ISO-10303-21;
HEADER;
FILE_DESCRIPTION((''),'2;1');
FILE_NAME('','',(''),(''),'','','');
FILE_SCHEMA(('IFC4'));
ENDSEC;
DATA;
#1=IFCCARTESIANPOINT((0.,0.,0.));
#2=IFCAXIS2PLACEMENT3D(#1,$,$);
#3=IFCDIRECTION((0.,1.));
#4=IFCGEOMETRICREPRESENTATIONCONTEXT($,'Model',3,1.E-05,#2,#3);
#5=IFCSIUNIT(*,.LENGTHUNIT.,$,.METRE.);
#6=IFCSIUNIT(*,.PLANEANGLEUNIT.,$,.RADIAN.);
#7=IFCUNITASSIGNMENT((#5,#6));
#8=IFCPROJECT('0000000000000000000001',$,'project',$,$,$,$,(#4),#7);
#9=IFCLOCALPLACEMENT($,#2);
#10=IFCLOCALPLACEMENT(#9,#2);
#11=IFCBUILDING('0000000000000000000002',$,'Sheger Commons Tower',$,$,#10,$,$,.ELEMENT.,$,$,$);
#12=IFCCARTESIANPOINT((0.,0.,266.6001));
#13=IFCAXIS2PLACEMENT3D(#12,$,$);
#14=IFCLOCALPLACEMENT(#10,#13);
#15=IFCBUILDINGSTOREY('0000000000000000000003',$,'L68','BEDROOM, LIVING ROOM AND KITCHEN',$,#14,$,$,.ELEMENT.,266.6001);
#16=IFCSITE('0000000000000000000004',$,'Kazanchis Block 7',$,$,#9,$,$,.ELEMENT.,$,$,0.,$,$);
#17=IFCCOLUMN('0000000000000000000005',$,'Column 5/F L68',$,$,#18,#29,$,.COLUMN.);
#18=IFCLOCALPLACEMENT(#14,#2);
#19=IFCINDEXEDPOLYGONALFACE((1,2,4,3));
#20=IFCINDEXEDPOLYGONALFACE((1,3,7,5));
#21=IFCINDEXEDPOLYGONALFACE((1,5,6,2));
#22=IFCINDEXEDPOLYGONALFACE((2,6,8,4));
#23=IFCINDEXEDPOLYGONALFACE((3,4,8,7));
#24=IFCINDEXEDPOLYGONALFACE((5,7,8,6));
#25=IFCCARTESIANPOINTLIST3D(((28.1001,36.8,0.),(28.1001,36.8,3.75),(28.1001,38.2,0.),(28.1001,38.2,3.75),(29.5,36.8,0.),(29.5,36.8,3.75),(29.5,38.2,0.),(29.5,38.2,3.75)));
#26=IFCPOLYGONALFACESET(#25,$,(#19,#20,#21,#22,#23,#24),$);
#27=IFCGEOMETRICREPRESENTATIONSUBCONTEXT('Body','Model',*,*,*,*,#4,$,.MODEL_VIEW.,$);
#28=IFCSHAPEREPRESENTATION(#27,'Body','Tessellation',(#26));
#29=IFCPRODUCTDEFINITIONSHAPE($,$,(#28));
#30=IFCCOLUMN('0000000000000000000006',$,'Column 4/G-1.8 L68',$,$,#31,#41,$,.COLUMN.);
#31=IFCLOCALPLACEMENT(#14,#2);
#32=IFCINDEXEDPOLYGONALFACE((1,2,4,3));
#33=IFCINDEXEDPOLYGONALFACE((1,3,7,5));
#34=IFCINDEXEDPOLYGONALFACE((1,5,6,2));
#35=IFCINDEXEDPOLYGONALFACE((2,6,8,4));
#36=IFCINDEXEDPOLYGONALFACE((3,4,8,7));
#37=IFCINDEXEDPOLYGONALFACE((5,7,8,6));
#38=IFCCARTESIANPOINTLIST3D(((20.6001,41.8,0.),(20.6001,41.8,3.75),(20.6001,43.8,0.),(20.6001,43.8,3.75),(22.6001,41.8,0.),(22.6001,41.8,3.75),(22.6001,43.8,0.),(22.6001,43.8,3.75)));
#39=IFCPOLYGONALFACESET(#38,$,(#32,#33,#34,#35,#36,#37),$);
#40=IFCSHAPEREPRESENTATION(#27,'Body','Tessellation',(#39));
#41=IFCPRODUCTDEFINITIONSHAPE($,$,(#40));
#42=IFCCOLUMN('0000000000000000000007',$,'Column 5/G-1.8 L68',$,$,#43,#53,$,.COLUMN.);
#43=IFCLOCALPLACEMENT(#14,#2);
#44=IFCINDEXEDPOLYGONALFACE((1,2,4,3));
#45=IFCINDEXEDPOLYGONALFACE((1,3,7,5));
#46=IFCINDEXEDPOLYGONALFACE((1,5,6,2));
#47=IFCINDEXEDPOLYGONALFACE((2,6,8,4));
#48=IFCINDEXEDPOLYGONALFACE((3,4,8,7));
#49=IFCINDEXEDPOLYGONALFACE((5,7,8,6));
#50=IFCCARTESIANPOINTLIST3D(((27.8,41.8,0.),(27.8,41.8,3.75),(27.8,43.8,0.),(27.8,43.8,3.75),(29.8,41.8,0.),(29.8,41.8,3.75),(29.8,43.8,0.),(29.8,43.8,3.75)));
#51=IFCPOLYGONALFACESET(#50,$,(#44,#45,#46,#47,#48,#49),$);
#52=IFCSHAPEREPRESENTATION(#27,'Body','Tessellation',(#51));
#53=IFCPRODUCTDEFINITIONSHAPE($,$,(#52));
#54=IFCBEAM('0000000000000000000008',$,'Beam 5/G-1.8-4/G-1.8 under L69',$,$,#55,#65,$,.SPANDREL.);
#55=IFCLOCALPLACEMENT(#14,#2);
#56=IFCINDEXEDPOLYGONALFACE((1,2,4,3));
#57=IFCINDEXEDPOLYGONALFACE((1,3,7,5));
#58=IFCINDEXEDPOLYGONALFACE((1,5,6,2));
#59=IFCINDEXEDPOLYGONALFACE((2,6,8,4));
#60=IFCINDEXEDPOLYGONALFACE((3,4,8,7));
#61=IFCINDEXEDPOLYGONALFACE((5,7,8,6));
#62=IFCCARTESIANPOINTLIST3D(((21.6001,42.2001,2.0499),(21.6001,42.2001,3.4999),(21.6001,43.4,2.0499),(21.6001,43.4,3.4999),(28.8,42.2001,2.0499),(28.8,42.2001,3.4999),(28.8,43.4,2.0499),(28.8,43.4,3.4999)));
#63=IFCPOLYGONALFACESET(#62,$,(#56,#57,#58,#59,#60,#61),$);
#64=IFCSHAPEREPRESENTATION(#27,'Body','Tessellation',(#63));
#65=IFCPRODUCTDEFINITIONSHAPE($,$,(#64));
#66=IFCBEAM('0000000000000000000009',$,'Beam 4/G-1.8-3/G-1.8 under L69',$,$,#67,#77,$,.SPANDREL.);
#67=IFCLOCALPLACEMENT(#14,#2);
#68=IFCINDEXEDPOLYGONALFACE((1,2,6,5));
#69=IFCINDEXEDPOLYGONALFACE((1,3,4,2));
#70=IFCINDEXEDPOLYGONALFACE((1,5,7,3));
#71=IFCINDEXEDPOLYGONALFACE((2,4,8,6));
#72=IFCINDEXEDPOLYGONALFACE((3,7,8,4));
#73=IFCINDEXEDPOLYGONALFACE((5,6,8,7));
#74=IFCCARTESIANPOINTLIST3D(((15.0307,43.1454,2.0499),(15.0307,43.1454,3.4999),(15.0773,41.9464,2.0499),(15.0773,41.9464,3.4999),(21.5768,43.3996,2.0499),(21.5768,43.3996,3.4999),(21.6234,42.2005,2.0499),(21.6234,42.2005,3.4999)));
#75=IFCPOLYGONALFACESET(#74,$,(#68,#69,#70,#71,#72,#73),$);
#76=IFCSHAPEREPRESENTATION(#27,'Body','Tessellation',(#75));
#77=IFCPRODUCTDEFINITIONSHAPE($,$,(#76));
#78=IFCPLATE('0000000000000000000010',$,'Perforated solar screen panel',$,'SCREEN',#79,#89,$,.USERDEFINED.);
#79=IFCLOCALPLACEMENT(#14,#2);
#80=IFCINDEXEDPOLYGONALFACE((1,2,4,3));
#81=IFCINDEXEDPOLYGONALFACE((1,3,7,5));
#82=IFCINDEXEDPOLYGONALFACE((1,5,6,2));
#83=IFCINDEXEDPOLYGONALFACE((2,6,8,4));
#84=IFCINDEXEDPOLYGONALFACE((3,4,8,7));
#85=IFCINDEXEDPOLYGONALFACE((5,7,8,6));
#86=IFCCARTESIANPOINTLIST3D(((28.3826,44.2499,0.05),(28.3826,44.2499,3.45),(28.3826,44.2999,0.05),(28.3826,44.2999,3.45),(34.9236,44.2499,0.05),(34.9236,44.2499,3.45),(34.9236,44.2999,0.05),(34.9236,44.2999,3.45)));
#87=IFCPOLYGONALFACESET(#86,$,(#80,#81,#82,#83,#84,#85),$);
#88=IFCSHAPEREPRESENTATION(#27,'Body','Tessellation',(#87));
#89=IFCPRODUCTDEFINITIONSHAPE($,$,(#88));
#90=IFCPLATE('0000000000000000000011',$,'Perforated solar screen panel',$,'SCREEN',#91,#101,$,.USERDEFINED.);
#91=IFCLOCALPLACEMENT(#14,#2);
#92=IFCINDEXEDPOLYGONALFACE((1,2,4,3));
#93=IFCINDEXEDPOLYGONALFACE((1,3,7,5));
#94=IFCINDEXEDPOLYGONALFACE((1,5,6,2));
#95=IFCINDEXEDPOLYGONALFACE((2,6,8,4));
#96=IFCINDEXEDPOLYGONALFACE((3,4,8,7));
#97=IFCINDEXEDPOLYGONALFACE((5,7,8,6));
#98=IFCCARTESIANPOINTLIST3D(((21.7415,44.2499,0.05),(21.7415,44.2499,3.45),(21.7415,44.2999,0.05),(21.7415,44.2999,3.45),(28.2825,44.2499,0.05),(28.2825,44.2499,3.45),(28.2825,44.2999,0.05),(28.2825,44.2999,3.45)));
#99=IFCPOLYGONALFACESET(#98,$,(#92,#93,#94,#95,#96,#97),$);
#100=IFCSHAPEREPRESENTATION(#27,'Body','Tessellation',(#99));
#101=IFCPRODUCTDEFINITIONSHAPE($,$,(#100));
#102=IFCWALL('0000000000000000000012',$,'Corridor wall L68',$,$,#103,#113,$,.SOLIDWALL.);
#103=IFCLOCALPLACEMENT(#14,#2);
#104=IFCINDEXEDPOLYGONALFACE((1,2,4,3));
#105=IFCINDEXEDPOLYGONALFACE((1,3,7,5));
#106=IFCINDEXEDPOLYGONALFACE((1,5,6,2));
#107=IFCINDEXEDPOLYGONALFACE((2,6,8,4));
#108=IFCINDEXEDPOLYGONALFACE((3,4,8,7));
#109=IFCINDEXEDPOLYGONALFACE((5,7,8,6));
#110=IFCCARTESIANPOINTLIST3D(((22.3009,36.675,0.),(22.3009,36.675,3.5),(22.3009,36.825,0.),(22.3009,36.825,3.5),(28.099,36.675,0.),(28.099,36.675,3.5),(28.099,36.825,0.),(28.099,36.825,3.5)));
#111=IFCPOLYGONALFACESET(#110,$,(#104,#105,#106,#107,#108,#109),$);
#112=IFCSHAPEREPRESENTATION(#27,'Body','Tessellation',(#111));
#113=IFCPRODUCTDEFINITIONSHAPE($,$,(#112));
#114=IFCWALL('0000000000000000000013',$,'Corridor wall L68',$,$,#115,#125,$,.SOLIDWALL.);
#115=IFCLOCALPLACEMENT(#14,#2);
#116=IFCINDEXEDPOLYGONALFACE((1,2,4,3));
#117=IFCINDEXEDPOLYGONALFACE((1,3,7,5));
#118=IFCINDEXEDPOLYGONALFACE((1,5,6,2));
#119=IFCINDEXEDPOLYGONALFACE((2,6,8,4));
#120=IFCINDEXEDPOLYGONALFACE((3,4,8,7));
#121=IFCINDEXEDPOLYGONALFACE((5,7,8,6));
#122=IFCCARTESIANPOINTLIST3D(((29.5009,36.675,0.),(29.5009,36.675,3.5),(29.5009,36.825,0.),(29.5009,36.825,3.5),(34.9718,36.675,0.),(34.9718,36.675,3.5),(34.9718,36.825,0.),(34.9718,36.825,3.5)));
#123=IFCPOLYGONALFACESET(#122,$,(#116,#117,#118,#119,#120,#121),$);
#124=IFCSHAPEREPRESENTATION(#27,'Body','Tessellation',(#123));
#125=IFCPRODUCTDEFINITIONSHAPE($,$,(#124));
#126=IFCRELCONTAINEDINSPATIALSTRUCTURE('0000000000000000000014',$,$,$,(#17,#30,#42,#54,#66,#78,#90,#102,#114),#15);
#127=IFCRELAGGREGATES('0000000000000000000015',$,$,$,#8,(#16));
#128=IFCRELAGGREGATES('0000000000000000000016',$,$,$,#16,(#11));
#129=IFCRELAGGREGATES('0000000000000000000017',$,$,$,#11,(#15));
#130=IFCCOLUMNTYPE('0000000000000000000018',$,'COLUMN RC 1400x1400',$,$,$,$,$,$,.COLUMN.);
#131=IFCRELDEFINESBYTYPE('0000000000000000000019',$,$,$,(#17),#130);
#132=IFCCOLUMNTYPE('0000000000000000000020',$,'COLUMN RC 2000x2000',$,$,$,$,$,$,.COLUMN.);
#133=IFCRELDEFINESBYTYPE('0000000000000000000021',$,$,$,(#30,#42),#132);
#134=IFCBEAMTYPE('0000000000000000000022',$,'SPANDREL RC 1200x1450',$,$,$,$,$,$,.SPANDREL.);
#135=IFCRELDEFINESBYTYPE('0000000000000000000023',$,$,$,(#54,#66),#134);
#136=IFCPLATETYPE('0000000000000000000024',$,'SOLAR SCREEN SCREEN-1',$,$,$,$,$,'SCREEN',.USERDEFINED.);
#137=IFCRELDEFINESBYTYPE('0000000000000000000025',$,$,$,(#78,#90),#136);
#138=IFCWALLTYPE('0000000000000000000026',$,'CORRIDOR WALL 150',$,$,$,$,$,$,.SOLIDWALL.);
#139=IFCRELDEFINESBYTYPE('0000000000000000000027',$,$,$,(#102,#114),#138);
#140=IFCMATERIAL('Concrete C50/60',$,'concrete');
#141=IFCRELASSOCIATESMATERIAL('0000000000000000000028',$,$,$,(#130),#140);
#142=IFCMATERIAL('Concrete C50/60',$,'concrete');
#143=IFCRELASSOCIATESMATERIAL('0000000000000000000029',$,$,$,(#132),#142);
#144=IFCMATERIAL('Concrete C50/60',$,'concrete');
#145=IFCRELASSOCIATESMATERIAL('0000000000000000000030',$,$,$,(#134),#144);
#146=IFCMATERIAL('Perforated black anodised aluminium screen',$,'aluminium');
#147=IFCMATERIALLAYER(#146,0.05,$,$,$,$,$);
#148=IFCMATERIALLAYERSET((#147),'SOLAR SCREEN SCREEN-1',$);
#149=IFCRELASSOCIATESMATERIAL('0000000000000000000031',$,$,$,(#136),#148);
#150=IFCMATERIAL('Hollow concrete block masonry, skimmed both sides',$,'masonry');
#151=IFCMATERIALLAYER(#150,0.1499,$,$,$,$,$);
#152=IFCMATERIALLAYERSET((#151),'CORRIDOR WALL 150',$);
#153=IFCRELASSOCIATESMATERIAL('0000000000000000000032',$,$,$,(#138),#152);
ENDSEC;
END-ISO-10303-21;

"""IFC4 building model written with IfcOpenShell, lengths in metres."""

from ifc_helpers import new_model, si_unit, direction, frame, frame_2d, origin, origin_2d, place, context, subcontext, project, spatial, rectangle, extrude, material, layer, layer_set, material_profile, profile_set, type_object, element, save


model = new_model("IFC4")

# Units and contexts
model_context = context("Model", 3, precision=1e-05, world=origin(), true_north=direction((0.0, 1.0)))
body_context = subcontext(model_context, "Body", "Model", "MODEL_VIEW")
ifc_project = project(units=[si_unit("LENGTHUNIT", "METRE"), si_unit("PLANEANGLEUNIT", "RADIAN")], contexts=[model_context])

# Site, building, storey
site_placement = place(None, origin())
site = spatial("IfcSite", under=ifc_project, at=site_placement, Name="Kazanchis Block 7", CompositionType="ELEMENT", RefElevation=0.0)
building_placement = place(site_placement, origin())
building = spatial("IfcBuilding", under=site, at=building_placement, Name="Sheger Commons Tower", CompositionType="ELEMENT")
storey_placement = place(building_placement, frame((0.0, 0.0, 266.6001)))
storey = spatial("IfcBuildingStorey", under=building, at=storey_placement, Name="L68", Description="BEDROOM, LIVING ROOM AND KITCHEN", CompositionType="ELEMENT", Elevation=266.6001)

# Columns
ifc_material_1 = material(Name="Concrete C50/60", Category="concrete")
ifc_material_profile_1 = material_profile(ifc_material_1, rectangle(XDim=1.3999, YDim=1.3999, at=origin_2d()), Name="RC 1400x1400")
ifc_profile_set_1 = profile_set([ifc_material_profile_1], Name="Concrete C50/60")
column_type_1 = type_object("IfcColumnType", Name="COLUMN RC 1400x1400", PredefinedType="COLUMN", material=ifc_profile_set_1)
column_placement = place(storey_placement, frame((28.8, 37.5, 0.0), z_axis=(0.0, 0.0, 1.0), x_axis=(1.0, 0.0, 0.0)))
element("IfcColumn", 1, at=column_placement, inside=storey, type_object=column_type_1, Name="Column 5/F L68", PredefinedType="COLUMN", context=body_context, shape_type="SweptSolid", body=[
    extrude(rectangle(XDim=1.3999, YDim=1.3999, at=origin_2d()), origin(), (0.0, 0.0, 1.0), 3.75),
])
ifc_material_2 = material(Name="Concrete C50/60", Category="concrete")
ifc_material_profile_2 = material_profile(ifc_material_2, rectangle(XDim=2.0, YDim=2.0, at=origin_2d()), Name="RC 2000x2000")
ifc_profile_set_2 = profile_set([ifc_material_profile_2], Name="Concrete C50/60")
column_type_2 = type_object("IfcColumnType", Name="COLUMN RC 2000x2000", PredefinedType="COLUMN", material=ifc_profile_set_2)
for number, where, z_axis, x_axis, name in (
    (2, (21.6001, 42.8, 0.0), (0.0, 0.0, 1.0), (1.0, 0.0, 0.0), "Column 4/G-1.8 L68"),
    (3, (28.8, 42.8, 0.0), (0.0, 0.0, 1.0), (1.0, 0.0, 0.0), "Column 5/G-1.8 L68"),
):
    element("IfcColumn", number, at=place(storey_placement, frame(where, z_axis=z_axis, x_axis=x_axis)), inside=storey, type_object=column_type_2, Name=name, PredefinedType="COLUMN", context=body_context, shape_type="SweptSolid", body=[
        extrude(rectangle(XDim=2.0, YDim=2.0, at=origin_2d()), origin(), (0.0, 0.0, 1.0), 3.75),
    ])

# Beams
ifc_material_3 = material(Name="Concrete C50/60", Category="concrete")
ifc_material_profile_3 = material_profile(ifc_material_3, rectangle(XDim=1.2, YDim=1.45, at=origin_2d()), Name="RC 1200x1450")
ifc_profile_set_3 = profile_set([ifc_material_profile_3], Name="Concrete C50/60")
beam_type = type_object("IfcBeamType", Name="SPANDREL RC 1200x1450", PredefinedType="SPANDREL", material=ifc_profile_set_3)
beam_1_placement = place(storey_placement, frame((28.8, 42.8, 2.7749), z_axis=(-1.0, 0.0, 0.0), x_axis=(0.0, -1.0, 0.0)))
element("IfcBeam", 4, at=beam_1_placement, inside=storey, type_object=beam_type, Name="Beam 5/G-1.8-4/G-1.8 under L69", PredefinedType="SPANDREL", context=body_context, shape_type="SweptSolid", body=[
    extrude(rectangle(XDim=1.2, YDim=1.45, at=origin_2d()), origin(), (0.0, 0.0, 1.0), 7.2),
])
beam_2_placement = place(storey_placement, frame((21.6001, 42.8, 2.7749), z_axis=(-0.999247, -0.038795, 0.0), x_axis=(0.038795, -0.999247, 0.0)))
element("IfcBeam", 5, at=beam_2_placement, inside=storey, type_object=beam_type, Name="Beam 4/G-1.8-3/G-1.8 under L69", PredefinedType="SPANDREL", context=body_context, shape_type="SweptSolid", body=[
    extrude(rectangle(XDim=1.2, YDim=1.45, at=origin_2d()), origin(), (0.0, 0.0, 1.0), 6.551),
])

# Plates
ifc_material_4 = material(Name="Perforated black anodised aluminium screen", Category="aluminium")
ifc_layer_1 = layer(ifc_material_4, 0.05)
ifc_layer_set_1 = layer_set([ifc_layer_1], Name="SOLAR SCREEN SCREEN-1")
plate_type = type_object("IfcPlateType", Name="SOLAR SCREEN SCREEN-1", ElementType="SCREEN", PredefinedType="USERDEFINED", material=ifc_layer_set_1)
for number, where, z_axis, x_axis, name in (
    (6, (31.6531, 44.2749, 0.05), (0.0, 0.0, 1.0), (-1.0, 0.0, 0.0), "Perforated solar screen panel"),
    (7, (25.012, 44.2749, 0.05), (0.0, 0.0, 1.0), (-1.0, 0.0, 0.0), "Perforated solar screen panel"),
):
    element("IfcPlate", number, at=place(storey_placement, frame(where, z_axis=z_axis, x_axis=x_axis)), inside=storey, type_object=plate_type, Name=name, ObjectType="SCREEN", PredefinedType="USERDEFINED", context=body_context, shape_type="SweptSolid", body=[
        extrude(rectangle(XDim=6.541, YDim=0.05, at=origin_2d()), origin(), (0.0, 0.0, 1.0), 3.3999),
    ])

# Walls
ifc_material_5 = material(Name="Hollow concrete block masonry, skimmed both sides", Category="masonry")
ifc_layer_2 = layer(ifc_material_5, 0.1499)
ifc_layer_set_2 = layer_set([ifc_layer_2], Name="CORRIDOR WALL 150")
wall_type_1 = type_object("IfcWallType", Name="CORRIDOR WALL 150", PredefinedType="SOLIDWALL", material=ifc_layer_set_2)
wall_1_placement = place(storey_placement, frame((22.301, 36.75, 0.0), z_axis=(0.0, 0.0, 1.0), x_axis=(1.0, 0.0, 0.0)))
element("IfcWall", 8, at=wall_1_placement, inside=storey, type_object=wall_type_1, Name="Corridor wall L68", PredefinedType="SOLIDWALL", context=body_context, shape_type="SweptSolid", body=[
    extrude(rectangle(XDim=5.7981, YDim=0.1499, at=frame_2d((2.8989, 0.0))), origin(), (0.0, 0.0, 1.0), 3.5),
])
wall_2_placement = place(storey_placement, frame((29.501, 36.75, 0.0), z_axis=(0.0, 0.0, 1.0), x_axis=(1.0, 0.0, 0.0)))
element("IfcWall", 9, at=wall_2_placement, inside=storey, type_object=wall_type_1, Name="Corridor wall L68", PredefinedType="SOLIDWALL", context=body_context, shape_type="SweptSolid", body=[
    extrude(rectangle(XDim=5.4709, YDim=0.1499, at=frame_2d((2.7354, 0.0))), origin(), (0.0, 0.0, 1.0), 3.5),
])

save(model, "model.ifc")
